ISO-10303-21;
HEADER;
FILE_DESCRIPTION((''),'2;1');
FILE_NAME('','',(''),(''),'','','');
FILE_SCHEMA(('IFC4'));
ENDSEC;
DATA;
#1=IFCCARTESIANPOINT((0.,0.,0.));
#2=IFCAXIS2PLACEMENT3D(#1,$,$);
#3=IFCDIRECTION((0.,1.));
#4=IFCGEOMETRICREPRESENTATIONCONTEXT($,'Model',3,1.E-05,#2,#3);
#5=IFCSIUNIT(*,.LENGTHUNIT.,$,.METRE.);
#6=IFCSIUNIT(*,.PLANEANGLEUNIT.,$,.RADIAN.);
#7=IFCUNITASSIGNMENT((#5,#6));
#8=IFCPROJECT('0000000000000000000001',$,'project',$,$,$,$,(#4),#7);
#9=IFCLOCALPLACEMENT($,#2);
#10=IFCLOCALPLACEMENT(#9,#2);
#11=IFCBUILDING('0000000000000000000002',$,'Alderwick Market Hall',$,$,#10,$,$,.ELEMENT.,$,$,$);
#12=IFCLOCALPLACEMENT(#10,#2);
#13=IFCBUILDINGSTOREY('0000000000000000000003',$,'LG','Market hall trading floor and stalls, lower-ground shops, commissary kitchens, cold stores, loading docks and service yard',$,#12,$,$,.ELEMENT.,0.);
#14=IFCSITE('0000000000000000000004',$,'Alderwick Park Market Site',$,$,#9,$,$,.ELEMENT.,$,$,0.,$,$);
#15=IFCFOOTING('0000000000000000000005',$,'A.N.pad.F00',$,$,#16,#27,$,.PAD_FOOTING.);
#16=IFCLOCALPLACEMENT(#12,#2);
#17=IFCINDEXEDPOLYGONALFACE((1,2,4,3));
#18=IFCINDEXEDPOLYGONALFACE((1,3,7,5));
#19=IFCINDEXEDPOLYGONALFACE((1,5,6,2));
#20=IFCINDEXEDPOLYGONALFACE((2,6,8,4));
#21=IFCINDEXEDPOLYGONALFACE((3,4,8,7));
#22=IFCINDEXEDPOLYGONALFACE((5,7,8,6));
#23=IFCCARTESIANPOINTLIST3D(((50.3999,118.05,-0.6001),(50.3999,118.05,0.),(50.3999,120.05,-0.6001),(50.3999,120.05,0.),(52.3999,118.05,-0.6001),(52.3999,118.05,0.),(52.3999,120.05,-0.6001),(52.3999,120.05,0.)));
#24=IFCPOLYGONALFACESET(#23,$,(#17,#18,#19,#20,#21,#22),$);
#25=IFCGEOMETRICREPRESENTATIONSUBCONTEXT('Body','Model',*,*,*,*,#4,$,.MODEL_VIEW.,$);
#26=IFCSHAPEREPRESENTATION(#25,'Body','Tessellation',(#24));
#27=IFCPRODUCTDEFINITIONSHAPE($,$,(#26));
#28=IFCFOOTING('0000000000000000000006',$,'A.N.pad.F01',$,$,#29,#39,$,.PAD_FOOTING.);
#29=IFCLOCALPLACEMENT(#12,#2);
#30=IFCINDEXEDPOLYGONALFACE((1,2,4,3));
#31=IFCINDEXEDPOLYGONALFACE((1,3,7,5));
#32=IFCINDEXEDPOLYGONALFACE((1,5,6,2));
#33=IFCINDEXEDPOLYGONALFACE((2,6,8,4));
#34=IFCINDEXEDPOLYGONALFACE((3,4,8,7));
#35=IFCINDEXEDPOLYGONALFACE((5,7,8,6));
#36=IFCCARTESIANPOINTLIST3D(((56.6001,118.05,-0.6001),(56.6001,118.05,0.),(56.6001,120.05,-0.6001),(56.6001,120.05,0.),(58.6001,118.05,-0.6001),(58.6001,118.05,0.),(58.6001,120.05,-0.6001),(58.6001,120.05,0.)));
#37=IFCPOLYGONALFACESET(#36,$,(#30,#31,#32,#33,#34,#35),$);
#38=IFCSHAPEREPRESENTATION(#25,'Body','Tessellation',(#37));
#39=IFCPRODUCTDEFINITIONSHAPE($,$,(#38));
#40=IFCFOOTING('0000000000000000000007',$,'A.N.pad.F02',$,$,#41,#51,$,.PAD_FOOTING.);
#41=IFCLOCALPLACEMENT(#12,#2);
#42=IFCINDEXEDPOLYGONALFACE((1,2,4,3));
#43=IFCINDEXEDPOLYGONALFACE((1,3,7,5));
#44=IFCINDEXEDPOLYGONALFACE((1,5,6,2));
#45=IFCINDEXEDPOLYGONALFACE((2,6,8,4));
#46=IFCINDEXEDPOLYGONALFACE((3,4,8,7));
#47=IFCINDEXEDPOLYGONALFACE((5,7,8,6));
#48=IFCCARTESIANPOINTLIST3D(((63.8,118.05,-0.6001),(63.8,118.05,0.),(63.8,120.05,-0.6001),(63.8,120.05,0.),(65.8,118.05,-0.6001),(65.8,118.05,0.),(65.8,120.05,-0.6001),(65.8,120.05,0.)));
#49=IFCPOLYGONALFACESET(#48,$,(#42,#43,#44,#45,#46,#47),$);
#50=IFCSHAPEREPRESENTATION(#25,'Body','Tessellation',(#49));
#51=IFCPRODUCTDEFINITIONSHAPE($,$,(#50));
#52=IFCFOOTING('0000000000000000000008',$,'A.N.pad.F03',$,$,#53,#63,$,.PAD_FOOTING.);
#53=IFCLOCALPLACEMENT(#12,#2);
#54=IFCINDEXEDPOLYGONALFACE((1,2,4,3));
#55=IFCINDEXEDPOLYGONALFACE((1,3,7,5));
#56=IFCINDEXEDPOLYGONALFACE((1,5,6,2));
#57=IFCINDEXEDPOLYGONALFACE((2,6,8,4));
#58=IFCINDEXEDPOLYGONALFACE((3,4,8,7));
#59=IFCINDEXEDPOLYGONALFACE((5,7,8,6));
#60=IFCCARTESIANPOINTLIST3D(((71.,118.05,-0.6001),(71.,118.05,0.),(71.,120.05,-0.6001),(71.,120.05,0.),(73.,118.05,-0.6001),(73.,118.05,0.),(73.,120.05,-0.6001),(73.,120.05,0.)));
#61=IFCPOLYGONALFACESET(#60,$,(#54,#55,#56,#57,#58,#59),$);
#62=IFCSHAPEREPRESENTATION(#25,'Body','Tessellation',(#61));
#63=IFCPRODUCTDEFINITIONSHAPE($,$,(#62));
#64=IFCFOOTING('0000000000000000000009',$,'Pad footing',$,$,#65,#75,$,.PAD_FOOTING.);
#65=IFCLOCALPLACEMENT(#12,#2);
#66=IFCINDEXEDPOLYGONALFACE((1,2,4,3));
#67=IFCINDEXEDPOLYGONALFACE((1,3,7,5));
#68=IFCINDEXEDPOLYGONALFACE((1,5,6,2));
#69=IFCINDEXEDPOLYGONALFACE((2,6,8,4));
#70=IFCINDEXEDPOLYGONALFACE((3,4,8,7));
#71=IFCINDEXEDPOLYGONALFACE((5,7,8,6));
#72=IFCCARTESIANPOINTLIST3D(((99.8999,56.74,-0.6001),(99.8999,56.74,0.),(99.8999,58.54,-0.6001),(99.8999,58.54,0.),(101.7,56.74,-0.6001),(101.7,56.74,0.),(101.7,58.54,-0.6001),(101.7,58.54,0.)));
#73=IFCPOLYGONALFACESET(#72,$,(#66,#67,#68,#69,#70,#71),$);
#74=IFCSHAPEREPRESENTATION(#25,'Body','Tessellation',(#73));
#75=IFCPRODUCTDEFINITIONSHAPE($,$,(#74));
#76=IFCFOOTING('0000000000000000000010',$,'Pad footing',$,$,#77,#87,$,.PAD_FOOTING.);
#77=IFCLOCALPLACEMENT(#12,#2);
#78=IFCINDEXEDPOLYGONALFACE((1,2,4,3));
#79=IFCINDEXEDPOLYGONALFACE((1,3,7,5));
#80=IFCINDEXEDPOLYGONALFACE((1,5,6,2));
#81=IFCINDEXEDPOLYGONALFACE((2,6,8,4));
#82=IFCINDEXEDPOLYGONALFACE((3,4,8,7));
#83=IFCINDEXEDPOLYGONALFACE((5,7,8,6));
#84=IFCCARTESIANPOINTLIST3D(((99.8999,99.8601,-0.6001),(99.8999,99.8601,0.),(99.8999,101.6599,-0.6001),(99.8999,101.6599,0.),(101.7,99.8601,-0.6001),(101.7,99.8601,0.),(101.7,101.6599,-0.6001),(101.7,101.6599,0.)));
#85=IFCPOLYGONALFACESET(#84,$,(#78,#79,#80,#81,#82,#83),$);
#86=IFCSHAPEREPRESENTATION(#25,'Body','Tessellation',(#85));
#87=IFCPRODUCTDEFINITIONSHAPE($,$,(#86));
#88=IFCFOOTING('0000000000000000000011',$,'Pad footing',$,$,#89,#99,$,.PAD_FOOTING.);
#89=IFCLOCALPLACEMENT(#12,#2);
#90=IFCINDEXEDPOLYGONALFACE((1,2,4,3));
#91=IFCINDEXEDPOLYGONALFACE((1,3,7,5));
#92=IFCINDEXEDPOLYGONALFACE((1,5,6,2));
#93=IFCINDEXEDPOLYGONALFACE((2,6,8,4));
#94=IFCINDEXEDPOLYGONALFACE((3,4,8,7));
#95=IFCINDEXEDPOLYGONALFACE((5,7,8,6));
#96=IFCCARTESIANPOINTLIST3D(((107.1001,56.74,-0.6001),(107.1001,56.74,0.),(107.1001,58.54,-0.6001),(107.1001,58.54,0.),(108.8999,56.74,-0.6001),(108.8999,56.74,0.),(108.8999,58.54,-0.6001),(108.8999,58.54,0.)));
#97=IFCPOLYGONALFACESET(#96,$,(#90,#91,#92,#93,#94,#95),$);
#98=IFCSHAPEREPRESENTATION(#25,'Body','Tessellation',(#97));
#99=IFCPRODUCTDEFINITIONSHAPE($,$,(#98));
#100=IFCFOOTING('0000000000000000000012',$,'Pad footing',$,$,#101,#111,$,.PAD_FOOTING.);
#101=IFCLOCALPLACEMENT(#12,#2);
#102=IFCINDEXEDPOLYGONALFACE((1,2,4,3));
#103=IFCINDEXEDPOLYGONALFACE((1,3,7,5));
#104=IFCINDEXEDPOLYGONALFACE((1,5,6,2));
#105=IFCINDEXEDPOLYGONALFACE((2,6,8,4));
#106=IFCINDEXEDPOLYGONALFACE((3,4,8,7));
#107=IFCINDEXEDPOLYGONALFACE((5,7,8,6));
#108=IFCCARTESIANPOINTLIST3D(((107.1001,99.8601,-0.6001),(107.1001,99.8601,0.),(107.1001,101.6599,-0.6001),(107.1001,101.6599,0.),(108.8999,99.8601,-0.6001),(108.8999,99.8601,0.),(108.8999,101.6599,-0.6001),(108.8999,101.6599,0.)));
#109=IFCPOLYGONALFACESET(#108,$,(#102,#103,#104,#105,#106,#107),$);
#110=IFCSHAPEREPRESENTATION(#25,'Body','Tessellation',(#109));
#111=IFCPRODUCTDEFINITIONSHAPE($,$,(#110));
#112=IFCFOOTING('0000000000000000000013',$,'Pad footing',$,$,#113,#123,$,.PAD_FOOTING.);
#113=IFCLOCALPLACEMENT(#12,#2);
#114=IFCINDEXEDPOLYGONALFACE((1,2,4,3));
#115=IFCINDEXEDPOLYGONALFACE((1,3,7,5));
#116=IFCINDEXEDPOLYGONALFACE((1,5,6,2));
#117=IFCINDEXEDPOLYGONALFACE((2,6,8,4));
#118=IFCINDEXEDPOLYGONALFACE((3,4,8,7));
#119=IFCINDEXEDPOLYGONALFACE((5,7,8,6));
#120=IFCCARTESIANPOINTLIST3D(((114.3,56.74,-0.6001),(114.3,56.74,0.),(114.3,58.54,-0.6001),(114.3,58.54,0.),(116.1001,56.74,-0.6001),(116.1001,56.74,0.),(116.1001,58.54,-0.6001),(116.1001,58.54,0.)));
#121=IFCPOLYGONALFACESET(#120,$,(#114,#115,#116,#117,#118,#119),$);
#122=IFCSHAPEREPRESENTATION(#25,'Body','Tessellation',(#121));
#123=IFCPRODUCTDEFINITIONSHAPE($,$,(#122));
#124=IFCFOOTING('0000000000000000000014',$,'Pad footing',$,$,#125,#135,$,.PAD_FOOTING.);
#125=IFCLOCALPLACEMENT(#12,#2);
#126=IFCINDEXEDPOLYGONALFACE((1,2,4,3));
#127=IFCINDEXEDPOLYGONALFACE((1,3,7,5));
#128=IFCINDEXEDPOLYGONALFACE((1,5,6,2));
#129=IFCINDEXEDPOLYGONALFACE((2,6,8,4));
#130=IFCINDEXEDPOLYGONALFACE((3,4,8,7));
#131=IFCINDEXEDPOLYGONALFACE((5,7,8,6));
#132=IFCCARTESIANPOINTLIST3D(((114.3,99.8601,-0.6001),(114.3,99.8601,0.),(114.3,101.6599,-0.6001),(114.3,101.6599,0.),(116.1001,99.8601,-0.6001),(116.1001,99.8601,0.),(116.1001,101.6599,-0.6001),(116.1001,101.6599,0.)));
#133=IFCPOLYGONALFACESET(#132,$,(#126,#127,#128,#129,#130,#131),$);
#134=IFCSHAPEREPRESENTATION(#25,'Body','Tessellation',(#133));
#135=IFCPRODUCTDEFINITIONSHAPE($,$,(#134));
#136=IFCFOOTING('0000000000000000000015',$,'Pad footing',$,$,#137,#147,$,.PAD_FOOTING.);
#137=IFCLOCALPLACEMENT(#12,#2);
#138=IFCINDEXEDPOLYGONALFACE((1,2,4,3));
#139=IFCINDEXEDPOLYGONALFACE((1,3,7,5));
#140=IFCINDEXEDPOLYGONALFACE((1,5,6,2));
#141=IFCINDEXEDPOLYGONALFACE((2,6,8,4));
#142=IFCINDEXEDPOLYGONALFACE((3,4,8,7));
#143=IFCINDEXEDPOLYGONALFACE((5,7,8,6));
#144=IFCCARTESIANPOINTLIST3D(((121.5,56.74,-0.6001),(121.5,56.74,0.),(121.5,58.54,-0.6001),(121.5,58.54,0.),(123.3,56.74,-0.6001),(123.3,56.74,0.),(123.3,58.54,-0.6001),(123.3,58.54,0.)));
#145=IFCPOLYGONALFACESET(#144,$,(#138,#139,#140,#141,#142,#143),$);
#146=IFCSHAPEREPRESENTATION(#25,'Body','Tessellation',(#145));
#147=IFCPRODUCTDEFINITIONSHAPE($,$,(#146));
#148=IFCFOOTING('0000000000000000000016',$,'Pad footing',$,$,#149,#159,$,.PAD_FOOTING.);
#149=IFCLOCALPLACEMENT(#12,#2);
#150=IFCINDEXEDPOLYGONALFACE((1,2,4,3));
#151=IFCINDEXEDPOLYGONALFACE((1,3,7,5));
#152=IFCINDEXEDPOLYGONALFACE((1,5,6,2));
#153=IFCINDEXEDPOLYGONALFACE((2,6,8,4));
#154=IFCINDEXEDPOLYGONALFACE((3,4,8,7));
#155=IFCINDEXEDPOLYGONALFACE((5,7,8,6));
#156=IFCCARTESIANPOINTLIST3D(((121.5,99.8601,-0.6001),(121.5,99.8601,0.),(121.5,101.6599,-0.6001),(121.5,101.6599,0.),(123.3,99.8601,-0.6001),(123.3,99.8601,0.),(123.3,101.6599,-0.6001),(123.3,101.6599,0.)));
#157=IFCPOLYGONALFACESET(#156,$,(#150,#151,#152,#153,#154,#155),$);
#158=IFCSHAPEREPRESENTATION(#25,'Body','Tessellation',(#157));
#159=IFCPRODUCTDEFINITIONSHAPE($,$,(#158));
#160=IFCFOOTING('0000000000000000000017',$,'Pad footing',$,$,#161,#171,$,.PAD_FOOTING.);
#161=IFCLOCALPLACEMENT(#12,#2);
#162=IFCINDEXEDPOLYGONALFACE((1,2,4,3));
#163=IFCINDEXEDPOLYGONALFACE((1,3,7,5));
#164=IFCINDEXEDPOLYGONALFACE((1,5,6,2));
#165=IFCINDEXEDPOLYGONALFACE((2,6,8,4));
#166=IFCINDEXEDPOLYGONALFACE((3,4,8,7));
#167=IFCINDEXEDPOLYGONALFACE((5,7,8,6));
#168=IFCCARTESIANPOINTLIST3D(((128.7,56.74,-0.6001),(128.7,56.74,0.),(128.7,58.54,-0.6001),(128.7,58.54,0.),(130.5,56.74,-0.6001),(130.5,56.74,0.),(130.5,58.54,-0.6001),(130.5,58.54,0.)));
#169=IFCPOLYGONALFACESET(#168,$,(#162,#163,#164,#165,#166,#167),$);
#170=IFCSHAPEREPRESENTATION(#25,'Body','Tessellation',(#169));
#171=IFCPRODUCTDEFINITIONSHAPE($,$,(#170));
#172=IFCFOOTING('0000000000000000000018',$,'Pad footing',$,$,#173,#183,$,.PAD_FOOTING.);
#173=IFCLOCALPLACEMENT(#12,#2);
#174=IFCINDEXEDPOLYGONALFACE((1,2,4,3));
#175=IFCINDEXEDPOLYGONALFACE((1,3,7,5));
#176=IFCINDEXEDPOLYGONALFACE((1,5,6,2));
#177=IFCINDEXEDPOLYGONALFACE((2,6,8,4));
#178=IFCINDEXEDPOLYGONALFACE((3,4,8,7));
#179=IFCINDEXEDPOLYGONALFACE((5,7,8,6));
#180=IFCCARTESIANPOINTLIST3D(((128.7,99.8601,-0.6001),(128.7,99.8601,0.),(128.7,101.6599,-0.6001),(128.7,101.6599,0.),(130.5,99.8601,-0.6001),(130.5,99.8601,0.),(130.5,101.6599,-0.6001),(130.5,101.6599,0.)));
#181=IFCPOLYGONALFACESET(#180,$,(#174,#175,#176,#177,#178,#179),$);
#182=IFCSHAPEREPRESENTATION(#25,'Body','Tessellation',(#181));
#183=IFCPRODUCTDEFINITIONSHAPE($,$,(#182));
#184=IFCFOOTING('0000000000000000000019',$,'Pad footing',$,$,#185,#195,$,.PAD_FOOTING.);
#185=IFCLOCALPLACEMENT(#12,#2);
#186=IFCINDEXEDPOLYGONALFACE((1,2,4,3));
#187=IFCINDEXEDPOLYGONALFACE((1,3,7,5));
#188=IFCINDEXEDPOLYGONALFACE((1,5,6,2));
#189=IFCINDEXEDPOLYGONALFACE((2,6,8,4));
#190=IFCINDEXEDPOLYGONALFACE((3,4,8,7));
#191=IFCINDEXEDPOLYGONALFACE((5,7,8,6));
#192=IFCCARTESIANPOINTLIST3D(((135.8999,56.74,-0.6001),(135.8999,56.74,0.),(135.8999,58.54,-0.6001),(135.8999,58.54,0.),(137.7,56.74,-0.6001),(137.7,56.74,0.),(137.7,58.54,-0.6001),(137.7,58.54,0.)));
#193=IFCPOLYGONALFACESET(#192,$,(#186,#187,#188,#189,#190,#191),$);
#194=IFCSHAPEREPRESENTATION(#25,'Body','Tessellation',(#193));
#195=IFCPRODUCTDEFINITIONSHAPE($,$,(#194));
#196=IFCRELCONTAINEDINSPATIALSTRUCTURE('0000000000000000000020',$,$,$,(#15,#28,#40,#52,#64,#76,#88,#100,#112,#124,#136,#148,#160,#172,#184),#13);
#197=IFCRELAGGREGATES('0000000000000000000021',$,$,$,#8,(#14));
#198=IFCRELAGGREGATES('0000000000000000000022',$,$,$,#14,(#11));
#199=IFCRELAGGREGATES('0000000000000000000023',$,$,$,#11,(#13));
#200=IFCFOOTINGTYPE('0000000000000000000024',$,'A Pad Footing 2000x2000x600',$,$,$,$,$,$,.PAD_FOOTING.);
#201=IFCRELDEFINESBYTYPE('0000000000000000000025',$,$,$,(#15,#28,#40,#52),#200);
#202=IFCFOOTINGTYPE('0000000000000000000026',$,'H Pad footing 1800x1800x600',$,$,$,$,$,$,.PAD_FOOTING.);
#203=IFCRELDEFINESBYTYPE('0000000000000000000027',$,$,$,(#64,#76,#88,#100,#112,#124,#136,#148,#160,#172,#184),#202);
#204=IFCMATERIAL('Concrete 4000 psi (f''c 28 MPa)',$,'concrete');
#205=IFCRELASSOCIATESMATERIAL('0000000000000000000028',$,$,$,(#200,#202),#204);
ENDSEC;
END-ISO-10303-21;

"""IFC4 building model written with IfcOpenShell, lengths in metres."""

from ifc_helpers import new_model, si_unit, direction, frame, origin, place, context, subcontext, project, spatial, polyline, outline, extrude, material, type_object, element, save


model = new_model("IFC4")

# Units and contexts
model_context = context("Model", 3, precision=1e-05, world=origin(), true_north=direction((0.0, 1.0)))
body_context = subcontext(model_context, "Body", "Model", "MODEL_VIEW")
ifc_project = project(units=[si_unit("LENGTHUNIT", "METRE"), si_unit("PLANEANGLEUNIT", "RADIAN")], contexts=[model_context])

# Site, building, storey
site_placement = place(None, origin())
site = spatial("IfcSite", under=ifc_project, at=site_placement, Name="Alderwick Park Market Site", CompositionType="ELEMENT", RefElevation=0.0)
building_placement = place(site_placement, origin())
building = spatial("IfcBuilding", under=site, at=building_placement, Name="Alderwick Market Hall", CompositionType="ELEMENT")
storey_placement = place(building_placement, origin())
storey = spatial("IfcBuildingStorey", under=building, at=storey_placement, Name="LG", Description="Market hall trading floor and stalls, lower-ground shops, commissary kitchens, cold stores, loading docks and service yard", CompositionType="ELEMENT", Elevation=0.0)

# Footings
ifc_material = material(Name="Concrete 4000 psi (f'c 28 MPa)", Category="concrete")
footing_type_1 = type_object("IfcFootingType", Name="A Pad Footing 2000x2000x600", PredefinedType="PAD_FOOTING", material=ifc_material)
footing_1_placement = place(storey_placement, frame((0.0, 0.0, -0.6001)))
element("IfcFooting", 1, at=footing_1_placement, inside=storey, type_object=footing_type_1, Name="A.N.pad.F00", PredefinedType="PAD_FOOTING", context=body_context, shape_type="SweptSolid", body=[
    extrude(outline(polyline([(50.3999, 118.05), (52.3999, 118.05), (52.3999, 120.05), (50.3999, 120.05), (50.3999, 118.05)])), origin(), (0.0, 0.0, 1.0), 0.6001),
])
footing_2_placement = place(storey_placement, frame((0.0, 0.0, -0.6001)))
element("IfcFooting", 2, at=footing_2_placement, inside=storey, type_object=footing_type_1, Name="A.N.pad.F01", PredefinedType="PAD_FOOTING", context=body_context, shape_type="SweptSolid", body=[
    extrude(outline(polyline([(56.6001, 118.05), (58.6001, 118.05), (58.6001, 120.05), (56.6001, 120.05), (56.6001, 118.05)])), origin(), (0.0, 0.0, 1.0), 0.6001),
])
footing_3_placement = place(storey_placement, frame((0.0, 0.0, -0.6001)))
element("IfcFooting", 3, at=footing_3_placement, inside=storey, type_object=footing_type_1, Name="A.N.pad.F02", PredefinedType="PAD_FOOTING", context=body_context, shape_type="SweptSolid", body=[
    extrude(outline(polyline([(63.8, 118.05), (65.8, 118.05), (65.8, 120.05), (63.8, 120.05), (63.8, 118.05)])), origin(), (0.0, 0.0, 1.0), 0.6001),
])
footing_4_placement = place(storey_placement, frame((0.0, 0.0, -0.6001)))
element("IfcFooting", 4, at=footing_4_placement, inside=storey, type_object=footing_type_1, Name="A.N.pad.F03", PredefinedType="PAD_FOOTING", context=body_context, shape_type="SweptSolid", body=[
    extrude(outline(polyline([(71.0, 118.05), (73.0, 118.05), (73.0, 120.05), (71.0, 120.05), (71.0, 118.05)])), origin(), (0.0, 0.0, 1.0), 0.6001),
])
footing_type_2 = type_object("IfcFootingType", Name="H Pad footing 1800x1800x600", PredefinedType="PAD_FOOTING", material=ifc_material)
footing_5_placement = place(storey_placement, frame((0.0, 0.0, -0.6001)))
element("IfcFooting", 5, at=footing_5_placement, inside=storey, type_object=footing_type_2, Name="Pad footing", PredefinedType="PAD_FOOTING", context=body_context, shape_type="SweptSolid", body=[
    extrude(outline(polyline([(99.8999, 56.74), (99.8999, 58.54), (101.7, 58.54), (101.7, 56.74), (99.8999, 56.74)])), origin(), (0.0, 0.0, 1.0), 0.6001),
])
footing_6_placement = place(storey_placement, frame((0.0, 0.0, -0.6001)))
element("IfcFooting", 6, at=footing_6_placement, inside=storey, type_object=footing_type_2, Name="Pad footing", PredefinedType="PAD_FOOTING", context=body_context, shape_type="SweptSolid", body=[
    extrude(outline(polyline([(99.8999, 99.8601), (99.8999, 101.6599), (101.7, 101.6599), (101.7, 99.8601), (99.8999, 99.8601)])), origin(), (0.0, 0.0, 1.0), 0.6001),
])
footing_7_placement = place(storey_placement, frame((0.0, 0.0, -0.6001)))
element("IfcFooting", 7, at=footing_7_placement, inside=storey, type_object=footing_type_2, Name="Pad footing", PredefinedType="PAD_FOOTING", context=body_context, shape_type="SweptSolid", body=[
    extrude(outline(polyline([(107.1001, 56.74), (107.1001, 58.54), (108.8999, 58.54), (108.8999, 56.74), (107.1001, 56.74)])), origin(), (0.0, 0.0, 1.0), 0.6001),
])
footing_8_placement = place(storey_placement, frame((0.0, 0.0, -0.6001)))
element("IfcFooting", 8, at=footing_8_placement, inside=storey, type_object=footing_type_2, Name="Pad footing", PredefinedType="PAD_FOOTING", context=body_context, shape_type="SweptSolid", body=[
    extrude(outline(polyline([(107.1001, 99.8601), (107.1001, 101.6599), (108.8999, 101.6599), (108.8999, 99.8601), (107.1001, 99.8601)])), origin(), (0.0, 0.0, 1.0), 0.6001),
])
footing_9_placement = place(storey_placement, frame((0.0, 0.0, -0.6001)))
element("IfcFooting", 9, at=footing_9_placement, inside=storey, type_object=footing_type_2, Name="Pad footing", PredefinedType="PAD_FOOTING", context=body_context, shape_type="SweptSolid", body=[
    extrude(outline(polyline([(114.3, 56.74), (114.3, 58.54), (116.1001, 58.54), (116.1001, 56.74), (114.3, 56.74)])), origin(), (0.0, 0.0, 1.0), 0.6001),
])
footing_10_placement = place(storey_placement, frame((0.0, 0.0, -0.6001)))
element("IfcFooting", 10, at=footing_10_placement, inside=storey, type_object=footing_type_2, Name="Pad footing", PredefinedType="PAD_FOOTING", context=body_context, shape_type="SweptSolid", body=[
    extrude(outline(polyline([(114.3, 99.8601), (114.3, 101.6599), (116.1001, 101.6599), (116.1001, 99.8601), (114.3, 99.8601)])), origin(), (0.0, 0.0, 1.0), 0.6001),
])
footing_11_placement = place(storey_placement, frame((0.0, 0.0, -0.6001)))
element("IfcFooting", 11, at=footing_11_placement, inside=storey, type_object=footing_type_2, Name="Pad footing", PredefinedType="PAD_FOOTING", context=body_context, shape_type="SweptSolid", body=[
    extrude(outline(polyline([(121.5, 56.74), (121.5, 58.54), (123.3, 58.54), (123.3, 56.74), (121.5, 56.74)])), origin(), (0.0, 0.0, 1.0), 0.6001),
])
footing_12_placement = place(storey_placement, frame((0.0, 0.0, -0.6001)))
element("IfcFooting", 12, at=footing_12_placement, inside=storey, type_object=footing_type_2, Name="Pad footing", PredefinedType="PAD_FOOTING", context=body_context, shape_type="SweptSolid", body=[
    extrude(outline(polyline([(121.5, 99.8601), (121.5, 101.6599), (123.3, 101.6599), (123.3, 99.8601), (121.5, 99.8601)])), origin(), (0.0, 0.0, 1.0), 0.6001),
])
footing_13_placement = place(storey_placement, frame((0.0, 0.0, -0.6001)))
element("IfcFooting", 13, at=footing_13_placement, inside=storey, type_object=footing_type_2, Name="Pad footing", PredefinedType="PAD_FOOTING", context=body_context, shape_type="SweptSolid", body=[
    extrude(outline(polyline([(128.7, 56.74), (128.7, 58.54), (130.5, 58.54), (130.5, 56.74), (128.7, 56.74)])), origin(), (0.0, 0.0, 1.0), 0.6001),
])
footing_14_placement = place(storey_placement, frame((0.0, 0.0, -0.6001)))
element("IfcFooting", 14, at=footing_14_placement, inside=storey, type_object=footing_type_2, Name="Pad footing", PredefinedType="PAD_FOOTING", context=body_context, shape_type="SweptSolid", body=[
    extrude(outline(polyline([(128.7, 99.8601), (128.7, 101.6599), (130.5, 101.6599), (130.5, 99.8601), (128.7, 99.8601)])), origin(), (0.0, 0.0, 1.0), 0.6001),
])
footing_15_placement = place(storey_placement, frame((0.0, 0.0, -0.6001)))
element("IfcFooting", 15, at=footing_15_placement, inside=storey, type_object=footing_type_2, Name="Pad footing", PredefinedType="PAD_FOOTING", context=body_context, shape_type="SweptSolid", body=[
    extrude(outline(polyline([(135.8999, 56.74), (135.8999, 58.54), (137.7, 58.54), (137.7, 56.74), (135.8999, 56.74)])), origin(), (0.0, 0.0, 1.0), 0.6001),
])

save(model, "model.ifc")
